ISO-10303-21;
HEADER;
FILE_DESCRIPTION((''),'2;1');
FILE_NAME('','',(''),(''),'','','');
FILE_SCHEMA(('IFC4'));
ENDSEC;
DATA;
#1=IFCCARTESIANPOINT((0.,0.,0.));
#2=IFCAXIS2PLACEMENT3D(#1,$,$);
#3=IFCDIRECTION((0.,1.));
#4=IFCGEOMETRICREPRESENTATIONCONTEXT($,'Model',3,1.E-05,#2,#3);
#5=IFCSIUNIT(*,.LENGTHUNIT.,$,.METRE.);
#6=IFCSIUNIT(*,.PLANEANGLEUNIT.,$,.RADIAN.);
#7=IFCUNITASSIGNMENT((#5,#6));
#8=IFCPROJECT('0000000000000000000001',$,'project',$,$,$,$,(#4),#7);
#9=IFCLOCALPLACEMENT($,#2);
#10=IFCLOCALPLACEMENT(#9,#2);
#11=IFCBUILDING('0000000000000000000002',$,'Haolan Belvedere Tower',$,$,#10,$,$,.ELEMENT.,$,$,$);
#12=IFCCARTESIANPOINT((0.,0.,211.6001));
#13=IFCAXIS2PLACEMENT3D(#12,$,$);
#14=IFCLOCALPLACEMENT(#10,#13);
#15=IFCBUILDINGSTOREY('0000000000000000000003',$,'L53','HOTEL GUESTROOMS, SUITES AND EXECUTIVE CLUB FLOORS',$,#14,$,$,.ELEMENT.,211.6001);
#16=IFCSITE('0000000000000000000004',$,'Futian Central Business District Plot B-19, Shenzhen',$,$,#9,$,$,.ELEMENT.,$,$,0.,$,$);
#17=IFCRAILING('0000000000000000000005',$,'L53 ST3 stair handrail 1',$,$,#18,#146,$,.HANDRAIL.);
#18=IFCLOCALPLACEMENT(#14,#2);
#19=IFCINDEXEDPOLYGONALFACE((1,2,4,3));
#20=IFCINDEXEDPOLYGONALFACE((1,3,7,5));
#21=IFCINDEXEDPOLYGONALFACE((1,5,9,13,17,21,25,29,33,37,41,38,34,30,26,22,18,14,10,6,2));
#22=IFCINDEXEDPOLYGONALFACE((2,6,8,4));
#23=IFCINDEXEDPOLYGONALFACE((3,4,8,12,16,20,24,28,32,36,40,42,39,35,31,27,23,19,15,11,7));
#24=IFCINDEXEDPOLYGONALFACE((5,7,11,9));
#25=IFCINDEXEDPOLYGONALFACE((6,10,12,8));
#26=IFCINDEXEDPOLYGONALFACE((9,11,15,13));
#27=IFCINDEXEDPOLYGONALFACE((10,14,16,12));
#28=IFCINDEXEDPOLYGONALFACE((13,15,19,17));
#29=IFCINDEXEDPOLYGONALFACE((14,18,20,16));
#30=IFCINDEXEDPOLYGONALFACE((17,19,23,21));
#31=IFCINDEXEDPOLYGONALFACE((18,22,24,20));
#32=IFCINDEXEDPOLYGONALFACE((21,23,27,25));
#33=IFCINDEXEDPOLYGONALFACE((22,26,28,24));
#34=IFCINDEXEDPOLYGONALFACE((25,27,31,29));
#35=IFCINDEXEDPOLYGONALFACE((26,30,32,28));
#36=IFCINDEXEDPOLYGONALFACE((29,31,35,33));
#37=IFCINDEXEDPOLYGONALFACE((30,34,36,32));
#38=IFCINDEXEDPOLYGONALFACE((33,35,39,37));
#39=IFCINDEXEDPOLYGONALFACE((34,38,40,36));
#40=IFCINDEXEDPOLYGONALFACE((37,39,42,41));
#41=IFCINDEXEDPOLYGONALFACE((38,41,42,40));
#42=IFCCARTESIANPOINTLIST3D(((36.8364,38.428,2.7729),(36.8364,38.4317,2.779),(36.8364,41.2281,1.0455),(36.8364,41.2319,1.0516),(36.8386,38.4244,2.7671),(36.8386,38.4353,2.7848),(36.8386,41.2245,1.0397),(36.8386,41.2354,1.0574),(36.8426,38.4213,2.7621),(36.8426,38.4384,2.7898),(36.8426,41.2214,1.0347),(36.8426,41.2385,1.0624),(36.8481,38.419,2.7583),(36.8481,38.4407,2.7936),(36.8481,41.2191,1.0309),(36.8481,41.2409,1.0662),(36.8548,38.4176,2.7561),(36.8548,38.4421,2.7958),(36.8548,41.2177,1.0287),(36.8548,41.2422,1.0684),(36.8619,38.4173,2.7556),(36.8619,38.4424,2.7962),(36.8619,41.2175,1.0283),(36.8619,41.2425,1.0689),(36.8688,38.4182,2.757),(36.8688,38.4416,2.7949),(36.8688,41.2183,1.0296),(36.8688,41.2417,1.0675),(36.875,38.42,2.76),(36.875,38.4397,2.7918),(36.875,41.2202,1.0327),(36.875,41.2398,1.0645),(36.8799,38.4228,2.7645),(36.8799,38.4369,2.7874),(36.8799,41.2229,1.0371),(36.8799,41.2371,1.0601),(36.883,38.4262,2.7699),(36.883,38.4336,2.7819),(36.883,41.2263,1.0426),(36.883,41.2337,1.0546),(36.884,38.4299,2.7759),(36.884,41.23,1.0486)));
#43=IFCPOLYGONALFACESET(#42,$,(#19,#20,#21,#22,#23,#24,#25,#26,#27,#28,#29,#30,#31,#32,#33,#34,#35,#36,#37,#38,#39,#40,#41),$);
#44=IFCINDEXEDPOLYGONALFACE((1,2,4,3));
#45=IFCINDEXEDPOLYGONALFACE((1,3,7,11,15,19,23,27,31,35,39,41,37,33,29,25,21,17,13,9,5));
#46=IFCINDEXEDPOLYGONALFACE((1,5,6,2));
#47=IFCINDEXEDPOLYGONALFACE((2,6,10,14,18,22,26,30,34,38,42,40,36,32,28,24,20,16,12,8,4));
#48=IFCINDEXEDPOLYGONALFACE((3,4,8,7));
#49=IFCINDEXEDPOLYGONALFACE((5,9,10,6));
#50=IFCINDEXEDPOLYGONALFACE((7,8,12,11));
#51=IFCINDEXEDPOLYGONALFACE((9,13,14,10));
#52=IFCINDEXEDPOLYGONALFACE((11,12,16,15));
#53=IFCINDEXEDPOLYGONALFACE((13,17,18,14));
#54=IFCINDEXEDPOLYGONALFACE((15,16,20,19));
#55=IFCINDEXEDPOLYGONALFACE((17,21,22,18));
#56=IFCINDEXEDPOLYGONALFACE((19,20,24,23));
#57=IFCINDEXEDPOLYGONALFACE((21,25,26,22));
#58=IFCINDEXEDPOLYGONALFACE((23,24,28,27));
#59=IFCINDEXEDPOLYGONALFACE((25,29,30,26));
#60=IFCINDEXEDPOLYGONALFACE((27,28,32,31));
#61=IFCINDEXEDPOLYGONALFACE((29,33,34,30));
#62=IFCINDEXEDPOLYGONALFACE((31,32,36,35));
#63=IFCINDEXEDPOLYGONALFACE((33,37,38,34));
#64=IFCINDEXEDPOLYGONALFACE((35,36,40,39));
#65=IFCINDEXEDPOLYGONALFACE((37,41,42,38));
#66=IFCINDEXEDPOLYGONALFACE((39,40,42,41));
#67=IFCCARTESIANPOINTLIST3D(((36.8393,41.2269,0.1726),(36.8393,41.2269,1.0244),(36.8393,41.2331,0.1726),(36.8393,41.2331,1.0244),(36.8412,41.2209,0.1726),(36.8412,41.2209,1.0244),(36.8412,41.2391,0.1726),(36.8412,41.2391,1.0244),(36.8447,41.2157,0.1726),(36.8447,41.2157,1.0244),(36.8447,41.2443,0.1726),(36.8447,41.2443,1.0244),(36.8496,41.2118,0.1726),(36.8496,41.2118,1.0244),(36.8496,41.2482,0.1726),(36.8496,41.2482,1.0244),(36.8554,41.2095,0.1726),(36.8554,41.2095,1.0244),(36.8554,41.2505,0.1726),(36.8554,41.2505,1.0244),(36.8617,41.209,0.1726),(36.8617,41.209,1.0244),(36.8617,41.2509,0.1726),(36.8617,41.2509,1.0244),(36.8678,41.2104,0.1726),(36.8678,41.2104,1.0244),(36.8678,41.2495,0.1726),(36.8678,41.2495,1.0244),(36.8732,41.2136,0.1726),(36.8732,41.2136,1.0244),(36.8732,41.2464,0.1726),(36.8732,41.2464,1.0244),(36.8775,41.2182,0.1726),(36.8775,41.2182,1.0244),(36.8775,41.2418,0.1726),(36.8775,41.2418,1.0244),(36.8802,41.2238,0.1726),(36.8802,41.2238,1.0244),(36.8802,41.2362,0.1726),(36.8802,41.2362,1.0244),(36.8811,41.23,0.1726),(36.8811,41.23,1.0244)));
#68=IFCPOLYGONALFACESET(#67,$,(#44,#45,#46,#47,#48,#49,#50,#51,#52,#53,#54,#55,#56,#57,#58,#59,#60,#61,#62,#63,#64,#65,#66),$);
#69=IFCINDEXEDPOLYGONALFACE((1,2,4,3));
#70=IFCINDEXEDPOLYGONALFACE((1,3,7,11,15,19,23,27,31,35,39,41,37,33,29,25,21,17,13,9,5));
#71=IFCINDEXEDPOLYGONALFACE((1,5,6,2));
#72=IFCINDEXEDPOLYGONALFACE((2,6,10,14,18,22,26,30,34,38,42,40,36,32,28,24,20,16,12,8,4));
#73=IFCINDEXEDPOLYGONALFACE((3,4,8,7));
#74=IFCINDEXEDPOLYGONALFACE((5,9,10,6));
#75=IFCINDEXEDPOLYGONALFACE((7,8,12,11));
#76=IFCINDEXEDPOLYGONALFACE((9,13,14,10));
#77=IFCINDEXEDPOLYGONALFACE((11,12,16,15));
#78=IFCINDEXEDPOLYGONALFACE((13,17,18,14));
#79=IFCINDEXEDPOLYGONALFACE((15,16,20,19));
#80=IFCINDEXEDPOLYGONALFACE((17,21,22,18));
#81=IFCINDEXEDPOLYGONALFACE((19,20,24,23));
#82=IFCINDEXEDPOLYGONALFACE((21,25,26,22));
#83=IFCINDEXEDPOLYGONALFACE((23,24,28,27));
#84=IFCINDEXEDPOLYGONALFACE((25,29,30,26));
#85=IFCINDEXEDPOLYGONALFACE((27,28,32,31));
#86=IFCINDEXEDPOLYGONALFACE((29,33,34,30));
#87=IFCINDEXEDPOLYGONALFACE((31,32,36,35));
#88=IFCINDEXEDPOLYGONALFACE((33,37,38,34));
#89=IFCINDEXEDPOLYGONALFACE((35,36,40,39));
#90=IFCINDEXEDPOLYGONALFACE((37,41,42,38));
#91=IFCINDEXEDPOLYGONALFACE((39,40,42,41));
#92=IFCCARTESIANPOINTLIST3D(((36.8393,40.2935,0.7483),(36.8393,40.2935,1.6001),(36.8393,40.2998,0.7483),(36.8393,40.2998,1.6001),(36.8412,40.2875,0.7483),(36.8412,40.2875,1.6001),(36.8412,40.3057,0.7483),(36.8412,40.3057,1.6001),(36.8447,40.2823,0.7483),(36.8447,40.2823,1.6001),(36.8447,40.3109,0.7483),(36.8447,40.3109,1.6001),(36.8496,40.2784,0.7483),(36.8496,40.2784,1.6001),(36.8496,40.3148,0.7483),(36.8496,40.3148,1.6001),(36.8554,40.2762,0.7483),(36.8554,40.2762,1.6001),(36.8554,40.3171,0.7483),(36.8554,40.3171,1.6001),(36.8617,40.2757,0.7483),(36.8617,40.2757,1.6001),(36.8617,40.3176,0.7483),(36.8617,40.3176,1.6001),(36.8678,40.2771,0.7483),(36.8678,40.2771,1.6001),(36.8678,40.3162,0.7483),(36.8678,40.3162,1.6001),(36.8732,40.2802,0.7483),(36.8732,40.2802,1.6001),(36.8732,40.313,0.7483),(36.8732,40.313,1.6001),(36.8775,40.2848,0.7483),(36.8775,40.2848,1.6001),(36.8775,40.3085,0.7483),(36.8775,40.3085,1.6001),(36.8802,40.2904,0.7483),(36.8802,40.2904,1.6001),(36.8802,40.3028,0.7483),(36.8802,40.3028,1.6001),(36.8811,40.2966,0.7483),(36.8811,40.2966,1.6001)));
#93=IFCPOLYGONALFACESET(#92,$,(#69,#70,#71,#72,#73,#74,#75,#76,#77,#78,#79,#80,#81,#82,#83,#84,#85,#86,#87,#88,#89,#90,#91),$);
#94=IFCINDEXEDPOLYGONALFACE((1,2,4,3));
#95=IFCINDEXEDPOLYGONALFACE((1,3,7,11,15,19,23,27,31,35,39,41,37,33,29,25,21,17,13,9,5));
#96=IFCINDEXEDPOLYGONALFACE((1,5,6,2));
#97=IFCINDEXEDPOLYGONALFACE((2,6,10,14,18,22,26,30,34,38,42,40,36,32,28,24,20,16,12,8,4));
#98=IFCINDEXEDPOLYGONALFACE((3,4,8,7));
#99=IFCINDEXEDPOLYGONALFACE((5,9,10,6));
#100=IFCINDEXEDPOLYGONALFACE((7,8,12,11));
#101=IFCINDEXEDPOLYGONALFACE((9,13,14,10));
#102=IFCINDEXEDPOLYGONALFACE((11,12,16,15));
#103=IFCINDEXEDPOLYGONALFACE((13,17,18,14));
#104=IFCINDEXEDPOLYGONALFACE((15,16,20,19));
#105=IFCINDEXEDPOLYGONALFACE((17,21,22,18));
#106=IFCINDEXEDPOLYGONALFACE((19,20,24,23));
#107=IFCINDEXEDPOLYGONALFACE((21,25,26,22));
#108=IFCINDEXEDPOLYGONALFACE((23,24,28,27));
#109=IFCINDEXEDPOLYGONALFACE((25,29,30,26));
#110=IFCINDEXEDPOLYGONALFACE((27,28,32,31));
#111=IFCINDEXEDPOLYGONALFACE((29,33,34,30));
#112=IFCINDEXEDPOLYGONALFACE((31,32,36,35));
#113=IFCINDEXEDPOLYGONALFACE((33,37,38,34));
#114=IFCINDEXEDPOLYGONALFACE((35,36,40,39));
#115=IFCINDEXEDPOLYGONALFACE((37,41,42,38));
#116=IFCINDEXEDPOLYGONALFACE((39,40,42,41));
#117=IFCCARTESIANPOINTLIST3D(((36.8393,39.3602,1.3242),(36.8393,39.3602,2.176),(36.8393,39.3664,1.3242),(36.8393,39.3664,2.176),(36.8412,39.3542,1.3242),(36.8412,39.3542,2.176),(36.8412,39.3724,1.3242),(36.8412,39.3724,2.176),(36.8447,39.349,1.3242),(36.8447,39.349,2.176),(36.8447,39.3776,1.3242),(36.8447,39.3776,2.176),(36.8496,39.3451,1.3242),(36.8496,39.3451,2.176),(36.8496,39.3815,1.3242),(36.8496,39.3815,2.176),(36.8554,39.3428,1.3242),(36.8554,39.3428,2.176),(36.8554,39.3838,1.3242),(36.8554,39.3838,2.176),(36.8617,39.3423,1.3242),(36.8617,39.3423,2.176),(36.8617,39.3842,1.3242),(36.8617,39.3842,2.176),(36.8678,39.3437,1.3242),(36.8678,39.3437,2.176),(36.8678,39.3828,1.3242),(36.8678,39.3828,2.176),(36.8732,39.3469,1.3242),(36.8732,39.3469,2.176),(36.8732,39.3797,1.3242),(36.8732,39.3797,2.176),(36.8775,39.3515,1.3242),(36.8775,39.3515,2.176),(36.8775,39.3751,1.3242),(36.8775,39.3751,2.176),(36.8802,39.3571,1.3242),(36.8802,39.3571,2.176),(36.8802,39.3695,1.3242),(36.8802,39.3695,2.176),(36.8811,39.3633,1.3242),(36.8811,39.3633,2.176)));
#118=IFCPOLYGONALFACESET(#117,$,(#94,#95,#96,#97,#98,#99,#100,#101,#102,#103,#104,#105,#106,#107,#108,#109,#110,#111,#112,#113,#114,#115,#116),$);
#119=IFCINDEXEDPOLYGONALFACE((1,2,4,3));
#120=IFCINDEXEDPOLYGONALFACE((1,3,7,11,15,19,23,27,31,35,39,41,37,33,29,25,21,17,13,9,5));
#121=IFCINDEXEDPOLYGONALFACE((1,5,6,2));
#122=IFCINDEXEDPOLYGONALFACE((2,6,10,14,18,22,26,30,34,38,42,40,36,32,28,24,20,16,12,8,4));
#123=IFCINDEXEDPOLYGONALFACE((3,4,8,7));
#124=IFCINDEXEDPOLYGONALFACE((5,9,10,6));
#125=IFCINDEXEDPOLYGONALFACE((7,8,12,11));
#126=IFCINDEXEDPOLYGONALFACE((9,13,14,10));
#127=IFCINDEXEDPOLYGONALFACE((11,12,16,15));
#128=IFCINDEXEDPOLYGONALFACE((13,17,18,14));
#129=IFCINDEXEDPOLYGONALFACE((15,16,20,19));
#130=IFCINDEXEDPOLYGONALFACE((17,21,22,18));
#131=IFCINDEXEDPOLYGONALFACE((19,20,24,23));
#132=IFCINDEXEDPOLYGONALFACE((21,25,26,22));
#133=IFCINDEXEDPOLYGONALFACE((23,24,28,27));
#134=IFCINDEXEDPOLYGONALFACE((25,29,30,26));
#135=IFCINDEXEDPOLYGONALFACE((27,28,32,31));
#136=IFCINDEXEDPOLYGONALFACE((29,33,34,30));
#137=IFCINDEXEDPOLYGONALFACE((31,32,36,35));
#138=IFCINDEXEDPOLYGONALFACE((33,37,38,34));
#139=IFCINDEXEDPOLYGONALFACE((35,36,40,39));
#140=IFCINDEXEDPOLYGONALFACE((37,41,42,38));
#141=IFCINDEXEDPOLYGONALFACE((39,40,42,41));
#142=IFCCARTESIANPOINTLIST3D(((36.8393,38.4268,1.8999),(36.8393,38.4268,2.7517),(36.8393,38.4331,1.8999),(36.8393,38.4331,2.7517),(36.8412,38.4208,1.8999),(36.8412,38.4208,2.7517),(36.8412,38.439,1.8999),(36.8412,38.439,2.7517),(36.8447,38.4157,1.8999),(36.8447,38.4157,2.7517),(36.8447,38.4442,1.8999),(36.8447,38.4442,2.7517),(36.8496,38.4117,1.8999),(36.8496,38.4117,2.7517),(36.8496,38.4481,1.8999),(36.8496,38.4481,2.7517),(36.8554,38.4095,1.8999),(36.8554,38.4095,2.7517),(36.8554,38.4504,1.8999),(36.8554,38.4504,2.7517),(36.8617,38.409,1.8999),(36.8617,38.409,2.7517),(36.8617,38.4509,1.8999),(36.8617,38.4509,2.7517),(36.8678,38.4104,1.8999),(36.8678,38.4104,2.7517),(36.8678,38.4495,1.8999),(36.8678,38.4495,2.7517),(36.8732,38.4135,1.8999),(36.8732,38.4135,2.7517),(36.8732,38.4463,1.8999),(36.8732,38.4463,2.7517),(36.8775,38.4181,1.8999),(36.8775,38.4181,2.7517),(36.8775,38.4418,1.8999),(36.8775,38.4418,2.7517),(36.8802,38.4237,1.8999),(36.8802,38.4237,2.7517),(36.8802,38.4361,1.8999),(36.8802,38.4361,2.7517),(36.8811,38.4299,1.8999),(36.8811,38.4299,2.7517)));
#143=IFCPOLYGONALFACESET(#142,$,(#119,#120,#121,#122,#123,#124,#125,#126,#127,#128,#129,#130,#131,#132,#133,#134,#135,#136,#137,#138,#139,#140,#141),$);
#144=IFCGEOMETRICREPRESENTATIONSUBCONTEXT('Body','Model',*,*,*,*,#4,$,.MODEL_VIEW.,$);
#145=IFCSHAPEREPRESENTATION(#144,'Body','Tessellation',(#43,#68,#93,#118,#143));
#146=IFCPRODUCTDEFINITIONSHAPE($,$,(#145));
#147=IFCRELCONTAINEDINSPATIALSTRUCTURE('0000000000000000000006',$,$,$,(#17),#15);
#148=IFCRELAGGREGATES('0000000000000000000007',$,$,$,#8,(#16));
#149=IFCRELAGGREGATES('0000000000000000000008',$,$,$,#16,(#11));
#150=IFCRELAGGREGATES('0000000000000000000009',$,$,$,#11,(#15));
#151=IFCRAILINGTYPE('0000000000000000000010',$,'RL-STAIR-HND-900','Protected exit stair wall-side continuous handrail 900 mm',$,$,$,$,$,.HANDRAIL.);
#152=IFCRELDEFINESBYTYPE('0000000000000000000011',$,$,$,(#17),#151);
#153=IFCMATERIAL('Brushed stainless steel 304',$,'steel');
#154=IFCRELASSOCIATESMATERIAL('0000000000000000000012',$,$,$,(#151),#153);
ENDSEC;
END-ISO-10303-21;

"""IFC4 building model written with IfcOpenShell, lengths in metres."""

from ifc_helpers import new_model, si_unit, direction, frame, origin, origin_2d, place, context, subcontext, project, spatial, circle, extrude, material, type_object, element, save


model = new_model("IFC4")

# Units and contexts
model_context = context("Model", 3, precision=1e-05, world=origin(), true_north=direction((0.0, 1.0)))
body_context = subcontext(model_context, "Body", "Model", "MODEL_VIEW")
ifc_project = project(units=[si_unit("LENGTHUNIT", "METRE"), si_unit("PLANEANGLEUNIT", "RADIAN")], contexts=[model_context])

# Site, building, storey
site_placement = place(None, origin())
site = spatial("IfcSite", under=ifc_project, at=site_placement, Name="Futian Central Business District Plot B-19, Shenzhen", CompositionType="ELEMENT", RefElevation=0.0)
building_placement = place(site_placement, origin())
building = spatial("IfcBuilding", under=site, at=building_placement, Name="Haolan Belvedere Tower", CompositionType="ELEMENT")
storey_placement = place(building_placement, frame((0.0, 0.0, 211.6001)))
storey = spatial("IfcBuildingStorey", under=building, at=storey_placement, Name="L53", Description="HOTEL GUESTROOMS, SUITES AND EXECUTIVE CLUB FLOORS", CompositionType="ELEMENT", Elevation=211.6001)

# Railing
ifc_material_1 = material(Name="Brushed stainless steel 304", Category="steel")
railing_type_1 = type_object("IfcRailingType", Name="RL-STAIR-HND-900", Description="Protected exit stair wall-side continuous handrail 900 mm", PredefinedType="HANDRAIL", material=ifc_material_1)
railing_1_placement = place(storey_placement, frame((36.8601, 41.23, 0.1726)))
element("IfcRailing", 1, at=railing_1_placement, inside=storey, type_object=railing_type_1, Name="L53 ST3 stair handrail 1", PredefinedType="HANDRAIL", context=body_context, shape_type="SweptSolid", body=[
    extrude(circle(Radius=0.0239, at=origin_2d()), frame((0.0, 0.0, 0.876), z_axis=(0.0, -0.85109, 0.52502), x_axis=(1.0, 0.0, 0.0)), (0.0, 0.0, 1.0), 3.29),
    extrude(circle(Radius=0.021, at=origin_2d()), origin(), (0.0, 0.0, 1.0), 0.8518),
    extrude(circle(Radius=0.021, at=origin_2d()), frame((0.0, -0.9333, 0.5757)), (0.0, 0.0, 1.0), 0.8518),
    extrude(circle(Radius=0.021, at=origin_2d()), frame((0.0, -1.8667, 1.1516)), (0.0, 0.0, 1.0), 0.8518),
    extrude(circle(Radius=0.021, at=origin_2d()), frame((0.0, -2.8, 1.7273)), (0.0, 0.0, 1.0), 0.8518),
])

save(model, "model.ifc")
